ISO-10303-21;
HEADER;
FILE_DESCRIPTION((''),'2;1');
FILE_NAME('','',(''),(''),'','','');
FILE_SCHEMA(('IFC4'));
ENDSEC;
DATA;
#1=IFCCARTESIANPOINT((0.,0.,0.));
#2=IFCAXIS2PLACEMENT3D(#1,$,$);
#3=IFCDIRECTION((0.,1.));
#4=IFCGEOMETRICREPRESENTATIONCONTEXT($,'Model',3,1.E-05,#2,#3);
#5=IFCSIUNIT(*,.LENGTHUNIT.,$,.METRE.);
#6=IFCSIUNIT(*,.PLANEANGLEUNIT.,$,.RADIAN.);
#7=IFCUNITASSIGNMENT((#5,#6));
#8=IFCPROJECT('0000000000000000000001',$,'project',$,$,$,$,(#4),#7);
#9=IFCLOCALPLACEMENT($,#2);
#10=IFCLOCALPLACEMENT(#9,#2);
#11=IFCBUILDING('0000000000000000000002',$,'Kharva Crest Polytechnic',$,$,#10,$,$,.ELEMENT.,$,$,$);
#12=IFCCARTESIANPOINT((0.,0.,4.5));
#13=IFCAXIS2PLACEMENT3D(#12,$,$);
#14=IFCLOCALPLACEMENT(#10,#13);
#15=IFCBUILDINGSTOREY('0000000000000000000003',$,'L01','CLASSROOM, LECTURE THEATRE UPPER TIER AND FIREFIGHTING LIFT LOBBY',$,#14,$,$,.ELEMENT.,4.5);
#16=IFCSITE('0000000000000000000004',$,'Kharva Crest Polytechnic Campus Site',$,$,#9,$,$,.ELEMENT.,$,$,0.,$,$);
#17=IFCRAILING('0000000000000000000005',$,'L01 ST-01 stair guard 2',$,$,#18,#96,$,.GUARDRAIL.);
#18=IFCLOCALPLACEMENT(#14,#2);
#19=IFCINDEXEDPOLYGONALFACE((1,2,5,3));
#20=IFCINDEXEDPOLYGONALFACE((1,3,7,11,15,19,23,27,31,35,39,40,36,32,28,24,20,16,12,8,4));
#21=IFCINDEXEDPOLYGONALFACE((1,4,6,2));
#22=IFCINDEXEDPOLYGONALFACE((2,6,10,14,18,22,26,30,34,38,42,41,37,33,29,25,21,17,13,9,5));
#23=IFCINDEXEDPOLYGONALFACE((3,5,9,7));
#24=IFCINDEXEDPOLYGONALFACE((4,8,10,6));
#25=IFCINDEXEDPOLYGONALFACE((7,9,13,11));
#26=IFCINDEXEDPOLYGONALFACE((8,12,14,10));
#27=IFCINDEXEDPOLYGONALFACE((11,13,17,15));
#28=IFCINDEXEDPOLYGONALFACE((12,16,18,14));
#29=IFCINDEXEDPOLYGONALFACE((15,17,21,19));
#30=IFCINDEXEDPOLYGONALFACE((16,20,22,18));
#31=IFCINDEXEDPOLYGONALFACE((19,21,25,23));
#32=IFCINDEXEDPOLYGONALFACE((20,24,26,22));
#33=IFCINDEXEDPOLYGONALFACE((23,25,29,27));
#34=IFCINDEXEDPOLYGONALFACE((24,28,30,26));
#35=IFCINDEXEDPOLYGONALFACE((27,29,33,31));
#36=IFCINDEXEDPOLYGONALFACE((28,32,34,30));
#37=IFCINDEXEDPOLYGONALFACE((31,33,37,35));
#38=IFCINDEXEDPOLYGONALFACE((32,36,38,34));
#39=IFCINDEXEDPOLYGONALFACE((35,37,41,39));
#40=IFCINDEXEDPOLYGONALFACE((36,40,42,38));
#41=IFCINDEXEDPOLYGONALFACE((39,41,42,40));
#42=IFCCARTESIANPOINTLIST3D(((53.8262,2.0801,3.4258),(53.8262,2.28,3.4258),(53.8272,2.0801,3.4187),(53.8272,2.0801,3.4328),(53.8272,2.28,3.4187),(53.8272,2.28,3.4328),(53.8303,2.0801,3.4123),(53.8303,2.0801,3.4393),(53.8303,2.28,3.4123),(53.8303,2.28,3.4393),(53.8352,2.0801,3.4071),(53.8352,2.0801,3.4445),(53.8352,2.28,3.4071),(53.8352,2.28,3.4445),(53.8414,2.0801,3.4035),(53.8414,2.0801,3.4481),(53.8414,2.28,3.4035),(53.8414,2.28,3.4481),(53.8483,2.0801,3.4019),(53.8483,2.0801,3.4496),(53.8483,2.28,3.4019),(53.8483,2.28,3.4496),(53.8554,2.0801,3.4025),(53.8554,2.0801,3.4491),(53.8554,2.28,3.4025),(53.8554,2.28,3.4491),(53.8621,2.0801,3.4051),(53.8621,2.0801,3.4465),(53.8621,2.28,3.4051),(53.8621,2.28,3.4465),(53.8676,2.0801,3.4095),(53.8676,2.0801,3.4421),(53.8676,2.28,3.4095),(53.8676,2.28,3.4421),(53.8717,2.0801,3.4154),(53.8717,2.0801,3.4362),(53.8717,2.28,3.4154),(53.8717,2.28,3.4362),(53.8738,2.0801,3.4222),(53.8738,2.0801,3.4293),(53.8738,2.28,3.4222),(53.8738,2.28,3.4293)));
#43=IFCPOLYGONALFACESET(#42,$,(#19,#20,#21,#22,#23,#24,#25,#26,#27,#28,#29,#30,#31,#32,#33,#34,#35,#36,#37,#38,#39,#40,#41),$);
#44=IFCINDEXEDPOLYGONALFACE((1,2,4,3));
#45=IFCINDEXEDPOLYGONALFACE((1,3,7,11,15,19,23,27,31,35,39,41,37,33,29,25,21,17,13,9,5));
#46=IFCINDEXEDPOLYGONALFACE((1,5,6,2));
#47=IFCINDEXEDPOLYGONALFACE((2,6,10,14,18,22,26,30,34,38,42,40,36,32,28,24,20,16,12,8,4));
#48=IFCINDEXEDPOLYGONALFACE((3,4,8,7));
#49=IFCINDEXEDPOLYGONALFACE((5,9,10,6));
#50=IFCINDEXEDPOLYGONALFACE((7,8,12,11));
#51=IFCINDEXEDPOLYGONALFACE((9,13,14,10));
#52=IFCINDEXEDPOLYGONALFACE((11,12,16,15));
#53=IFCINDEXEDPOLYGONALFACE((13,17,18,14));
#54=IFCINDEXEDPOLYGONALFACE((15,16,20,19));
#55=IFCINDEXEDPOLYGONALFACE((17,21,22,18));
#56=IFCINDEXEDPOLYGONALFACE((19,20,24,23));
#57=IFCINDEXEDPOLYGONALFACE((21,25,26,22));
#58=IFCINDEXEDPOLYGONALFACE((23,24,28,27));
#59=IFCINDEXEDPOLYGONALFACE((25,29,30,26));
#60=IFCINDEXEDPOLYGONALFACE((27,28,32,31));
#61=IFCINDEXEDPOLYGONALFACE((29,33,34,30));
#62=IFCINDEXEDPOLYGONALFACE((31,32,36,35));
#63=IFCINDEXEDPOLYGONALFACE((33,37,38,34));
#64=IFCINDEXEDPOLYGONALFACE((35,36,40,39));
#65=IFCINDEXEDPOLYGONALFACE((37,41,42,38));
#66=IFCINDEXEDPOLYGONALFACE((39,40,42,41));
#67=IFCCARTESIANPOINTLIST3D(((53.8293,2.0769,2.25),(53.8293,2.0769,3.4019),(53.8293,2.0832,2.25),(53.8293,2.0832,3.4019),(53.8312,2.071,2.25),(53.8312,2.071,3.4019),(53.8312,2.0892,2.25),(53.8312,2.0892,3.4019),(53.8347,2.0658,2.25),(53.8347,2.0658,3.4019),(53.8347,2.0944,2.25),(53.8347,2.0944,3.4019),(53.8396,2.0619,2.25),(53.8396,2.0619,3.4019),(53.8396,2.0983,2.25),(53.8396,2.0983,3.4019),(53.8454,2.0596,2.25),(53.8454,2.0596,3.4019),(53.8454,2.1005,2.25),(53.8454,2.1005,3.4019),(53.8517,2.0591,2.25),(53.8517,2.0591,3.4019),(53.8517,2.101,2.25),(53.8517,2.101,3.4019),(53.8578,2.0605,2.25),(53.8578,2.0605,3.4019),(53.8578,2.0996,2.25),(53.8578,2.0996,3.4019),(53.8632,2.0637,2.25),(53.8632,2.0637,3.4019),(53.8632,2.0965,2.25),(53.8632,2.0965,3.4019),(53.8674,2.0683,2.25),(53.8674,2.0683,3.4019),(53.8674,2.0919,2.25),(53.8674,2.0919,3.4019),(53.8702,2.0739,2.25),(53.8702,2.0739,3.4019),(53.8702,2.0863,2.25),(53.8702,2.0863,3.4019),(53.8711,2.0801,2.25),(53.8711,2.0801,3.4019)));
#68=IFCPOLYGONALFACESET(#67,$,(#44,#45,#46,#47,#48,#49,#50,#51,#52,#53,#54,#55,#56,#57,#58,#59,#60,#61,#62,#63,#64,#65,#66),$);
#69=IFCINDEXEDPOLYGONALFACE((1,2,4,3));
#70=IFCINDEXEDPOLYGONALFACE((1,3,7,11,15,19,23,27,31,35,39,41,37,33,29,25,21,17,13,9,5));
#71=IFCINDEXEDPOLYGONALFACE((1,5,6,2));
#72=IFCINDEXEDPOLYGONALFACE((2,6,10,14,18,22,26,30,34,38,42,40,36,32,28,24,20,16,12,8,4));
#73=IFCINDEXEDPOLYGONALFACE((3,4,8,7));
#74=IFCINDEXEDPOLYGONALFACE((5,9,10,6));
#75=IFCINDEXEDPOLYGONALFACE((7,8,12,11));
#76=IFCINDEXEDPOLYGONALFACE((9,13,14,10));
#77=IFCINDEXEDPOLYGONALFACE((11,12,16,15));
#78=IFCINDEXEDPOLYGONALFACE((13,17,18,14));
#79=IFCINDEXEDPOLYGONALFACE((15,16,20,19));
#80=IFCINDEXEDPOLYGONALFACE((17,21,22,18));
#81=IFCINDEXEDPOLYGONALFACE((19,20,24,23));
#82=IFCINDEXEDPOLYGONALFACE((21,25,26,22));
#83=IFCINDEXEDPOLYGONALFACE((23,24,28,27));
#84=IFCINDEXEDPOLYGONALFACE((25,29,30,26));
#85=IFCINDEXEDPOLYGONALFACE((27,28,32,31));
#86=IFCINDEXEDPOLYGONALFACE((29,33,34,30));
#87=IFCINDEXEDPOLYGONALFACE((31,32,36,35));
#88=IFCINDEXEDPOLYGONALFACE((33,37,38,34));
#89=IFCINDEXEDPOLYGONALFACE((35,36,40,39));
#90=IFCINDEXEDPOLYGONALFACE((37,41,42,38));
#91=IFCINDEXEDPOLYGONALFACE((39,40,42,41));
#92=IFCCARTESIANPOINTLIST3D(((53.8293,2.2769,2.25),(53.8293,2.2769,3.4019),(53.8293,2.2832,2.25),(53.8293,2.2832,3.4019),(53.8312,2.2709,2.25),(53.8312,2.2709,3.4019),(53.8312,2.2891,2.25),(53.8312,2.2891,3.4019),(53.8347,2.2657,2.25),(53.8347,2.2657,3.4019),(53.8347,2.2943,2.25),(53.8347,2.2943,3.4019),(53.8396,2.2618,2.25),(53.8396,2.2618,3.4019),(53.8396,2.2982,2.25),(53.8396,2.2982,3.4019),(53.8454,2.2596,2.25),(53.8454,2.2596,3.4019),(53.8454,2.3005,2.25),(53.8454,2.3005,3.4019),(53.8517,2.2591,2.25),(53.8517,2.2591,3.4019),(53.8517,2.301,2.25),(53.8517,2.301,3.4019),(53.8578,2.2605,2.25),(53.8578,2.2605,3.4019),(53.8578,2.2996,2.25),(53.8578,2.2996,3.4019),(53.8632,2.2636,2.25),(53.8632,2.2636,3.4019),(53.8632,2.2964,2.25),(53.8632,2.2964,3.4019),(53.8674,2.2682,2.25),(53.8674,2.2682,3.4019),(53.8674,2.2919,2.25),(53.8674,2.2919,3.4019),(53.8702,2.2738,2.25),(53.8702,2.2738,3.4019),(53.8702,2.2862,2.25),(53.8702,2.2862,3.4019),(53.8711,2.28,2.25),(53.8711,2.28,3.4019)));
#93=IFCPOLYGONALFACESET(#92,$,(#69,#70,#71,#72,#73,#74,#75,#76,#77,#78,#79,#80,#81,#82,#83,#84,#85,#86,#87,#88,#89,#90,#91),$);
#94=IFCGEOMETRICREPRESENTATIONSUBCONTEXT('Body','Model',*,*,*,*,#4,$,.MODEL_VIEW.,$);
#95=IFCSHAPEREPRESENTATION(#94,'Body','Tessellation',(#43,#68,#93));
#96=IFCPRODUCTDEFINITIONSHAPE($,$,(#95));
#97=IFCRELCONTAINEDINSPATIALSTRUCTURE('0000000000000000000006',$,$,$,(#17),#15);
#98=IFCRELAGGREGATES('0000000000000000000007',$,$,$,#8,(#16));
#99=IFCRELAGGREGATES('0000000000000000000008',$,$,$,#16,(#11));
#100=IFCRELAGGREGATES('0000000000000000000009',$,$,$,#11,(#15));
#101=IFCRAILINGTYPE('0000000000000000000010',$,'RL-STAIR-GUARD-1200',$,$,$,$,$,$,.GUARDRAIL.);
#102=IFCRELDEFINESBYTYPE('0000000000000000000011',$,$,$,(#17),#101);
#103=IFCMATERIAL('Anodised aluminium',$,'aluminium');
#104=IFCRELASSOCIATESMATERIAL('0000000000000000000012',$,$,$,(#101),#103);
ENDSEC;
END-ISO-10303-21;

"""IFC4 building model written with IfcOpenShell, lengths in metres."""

from ifc_helpers import new_model, si_unit, direction, frame, origin, origin_2d, place, context, subcontext, project, spatial, circle, extrude, material, type_object, element, save


model = new_model("IFC4")

# Units and contexts
model_context = context("Model", 3, precision=1e-05, world=origin(), true_north=direction((0.0, 1.0)))
body_context = subcontext(model_context, "Body", "Model", "MODEL_VIEW")
ifc_project = project(units=[si_unit("LENGTHUNIT", "METRE"), si_unit("PLANEANGLEUNIT", "RADIAN")], contexts=[model_context])

# Site, building, storey
site_placement = place(None, origin())
site = spatial("IfcSite", under=ifc_project, at=site_placement, Name="Kharva Crest Polytechnic Campus Site", CompositionType="ELEMENT", RefElevation=0.0)
building_placement = place(site_placement, origin())
building = spatial("IfcBuilding", under=site, at=building_placement, Name="Kharva Crest Polytechnic", CompositionType="ELEMENT")
storey_placement = place(building_placement, frame((0.0, 0.0, 4.5)))
storey = spatial("IfcBuildingStorey", under=building, at=storey_placement, Name="L01", Description="CLASSROOM, LECTURE THEATRE UPPER TIER AND FIREFIGHTING LIFT LOBBY", CompositionType="ELEMENT", Elevation=4.5)

# Railing
ifc_material_1 = material(Name="Anodised aluminium", Category="aluminium")
railing_type_1 = type_object("IfcRailingType", Name="RL-STAIR-GUARD-1200", PredefinedType="GUARDRAIL", material=ifc_material_1)
railing_1_placement = place(storey_placement, frame((53.8501, 2.0801, 2.25)))
element("IfcRailing", 1, at=railing_1_placement, inside=storey, type_object=railing_type_1, Name="L01 ST-01 stair guard 2", PredefinedType="GUARDRAIL", context=body_context, shape_type="SweptSolid", body=[
    extrude(circle(Radius=0.0239, at=origin_2d()), frame((0.0, 0.0, 1.1758), z_axis=(0.0, 1.0, 0.0), x_axis=(-1.0, 0.0, 0.0)), (0.0, 0.0, 1.0), 0.2),
    extrude(circle(Radius=0.021, at=origin_2d()), origin(), (0.0, 0.0, 1.0), 1.1519),
    extrude(circle(Radius=0.021, at=origin_2d()), frame((0.0, 0.2, 0.0)), (0.0, 0.0, 1.0), 1.1519),
])

save(model, "model.ifc")
